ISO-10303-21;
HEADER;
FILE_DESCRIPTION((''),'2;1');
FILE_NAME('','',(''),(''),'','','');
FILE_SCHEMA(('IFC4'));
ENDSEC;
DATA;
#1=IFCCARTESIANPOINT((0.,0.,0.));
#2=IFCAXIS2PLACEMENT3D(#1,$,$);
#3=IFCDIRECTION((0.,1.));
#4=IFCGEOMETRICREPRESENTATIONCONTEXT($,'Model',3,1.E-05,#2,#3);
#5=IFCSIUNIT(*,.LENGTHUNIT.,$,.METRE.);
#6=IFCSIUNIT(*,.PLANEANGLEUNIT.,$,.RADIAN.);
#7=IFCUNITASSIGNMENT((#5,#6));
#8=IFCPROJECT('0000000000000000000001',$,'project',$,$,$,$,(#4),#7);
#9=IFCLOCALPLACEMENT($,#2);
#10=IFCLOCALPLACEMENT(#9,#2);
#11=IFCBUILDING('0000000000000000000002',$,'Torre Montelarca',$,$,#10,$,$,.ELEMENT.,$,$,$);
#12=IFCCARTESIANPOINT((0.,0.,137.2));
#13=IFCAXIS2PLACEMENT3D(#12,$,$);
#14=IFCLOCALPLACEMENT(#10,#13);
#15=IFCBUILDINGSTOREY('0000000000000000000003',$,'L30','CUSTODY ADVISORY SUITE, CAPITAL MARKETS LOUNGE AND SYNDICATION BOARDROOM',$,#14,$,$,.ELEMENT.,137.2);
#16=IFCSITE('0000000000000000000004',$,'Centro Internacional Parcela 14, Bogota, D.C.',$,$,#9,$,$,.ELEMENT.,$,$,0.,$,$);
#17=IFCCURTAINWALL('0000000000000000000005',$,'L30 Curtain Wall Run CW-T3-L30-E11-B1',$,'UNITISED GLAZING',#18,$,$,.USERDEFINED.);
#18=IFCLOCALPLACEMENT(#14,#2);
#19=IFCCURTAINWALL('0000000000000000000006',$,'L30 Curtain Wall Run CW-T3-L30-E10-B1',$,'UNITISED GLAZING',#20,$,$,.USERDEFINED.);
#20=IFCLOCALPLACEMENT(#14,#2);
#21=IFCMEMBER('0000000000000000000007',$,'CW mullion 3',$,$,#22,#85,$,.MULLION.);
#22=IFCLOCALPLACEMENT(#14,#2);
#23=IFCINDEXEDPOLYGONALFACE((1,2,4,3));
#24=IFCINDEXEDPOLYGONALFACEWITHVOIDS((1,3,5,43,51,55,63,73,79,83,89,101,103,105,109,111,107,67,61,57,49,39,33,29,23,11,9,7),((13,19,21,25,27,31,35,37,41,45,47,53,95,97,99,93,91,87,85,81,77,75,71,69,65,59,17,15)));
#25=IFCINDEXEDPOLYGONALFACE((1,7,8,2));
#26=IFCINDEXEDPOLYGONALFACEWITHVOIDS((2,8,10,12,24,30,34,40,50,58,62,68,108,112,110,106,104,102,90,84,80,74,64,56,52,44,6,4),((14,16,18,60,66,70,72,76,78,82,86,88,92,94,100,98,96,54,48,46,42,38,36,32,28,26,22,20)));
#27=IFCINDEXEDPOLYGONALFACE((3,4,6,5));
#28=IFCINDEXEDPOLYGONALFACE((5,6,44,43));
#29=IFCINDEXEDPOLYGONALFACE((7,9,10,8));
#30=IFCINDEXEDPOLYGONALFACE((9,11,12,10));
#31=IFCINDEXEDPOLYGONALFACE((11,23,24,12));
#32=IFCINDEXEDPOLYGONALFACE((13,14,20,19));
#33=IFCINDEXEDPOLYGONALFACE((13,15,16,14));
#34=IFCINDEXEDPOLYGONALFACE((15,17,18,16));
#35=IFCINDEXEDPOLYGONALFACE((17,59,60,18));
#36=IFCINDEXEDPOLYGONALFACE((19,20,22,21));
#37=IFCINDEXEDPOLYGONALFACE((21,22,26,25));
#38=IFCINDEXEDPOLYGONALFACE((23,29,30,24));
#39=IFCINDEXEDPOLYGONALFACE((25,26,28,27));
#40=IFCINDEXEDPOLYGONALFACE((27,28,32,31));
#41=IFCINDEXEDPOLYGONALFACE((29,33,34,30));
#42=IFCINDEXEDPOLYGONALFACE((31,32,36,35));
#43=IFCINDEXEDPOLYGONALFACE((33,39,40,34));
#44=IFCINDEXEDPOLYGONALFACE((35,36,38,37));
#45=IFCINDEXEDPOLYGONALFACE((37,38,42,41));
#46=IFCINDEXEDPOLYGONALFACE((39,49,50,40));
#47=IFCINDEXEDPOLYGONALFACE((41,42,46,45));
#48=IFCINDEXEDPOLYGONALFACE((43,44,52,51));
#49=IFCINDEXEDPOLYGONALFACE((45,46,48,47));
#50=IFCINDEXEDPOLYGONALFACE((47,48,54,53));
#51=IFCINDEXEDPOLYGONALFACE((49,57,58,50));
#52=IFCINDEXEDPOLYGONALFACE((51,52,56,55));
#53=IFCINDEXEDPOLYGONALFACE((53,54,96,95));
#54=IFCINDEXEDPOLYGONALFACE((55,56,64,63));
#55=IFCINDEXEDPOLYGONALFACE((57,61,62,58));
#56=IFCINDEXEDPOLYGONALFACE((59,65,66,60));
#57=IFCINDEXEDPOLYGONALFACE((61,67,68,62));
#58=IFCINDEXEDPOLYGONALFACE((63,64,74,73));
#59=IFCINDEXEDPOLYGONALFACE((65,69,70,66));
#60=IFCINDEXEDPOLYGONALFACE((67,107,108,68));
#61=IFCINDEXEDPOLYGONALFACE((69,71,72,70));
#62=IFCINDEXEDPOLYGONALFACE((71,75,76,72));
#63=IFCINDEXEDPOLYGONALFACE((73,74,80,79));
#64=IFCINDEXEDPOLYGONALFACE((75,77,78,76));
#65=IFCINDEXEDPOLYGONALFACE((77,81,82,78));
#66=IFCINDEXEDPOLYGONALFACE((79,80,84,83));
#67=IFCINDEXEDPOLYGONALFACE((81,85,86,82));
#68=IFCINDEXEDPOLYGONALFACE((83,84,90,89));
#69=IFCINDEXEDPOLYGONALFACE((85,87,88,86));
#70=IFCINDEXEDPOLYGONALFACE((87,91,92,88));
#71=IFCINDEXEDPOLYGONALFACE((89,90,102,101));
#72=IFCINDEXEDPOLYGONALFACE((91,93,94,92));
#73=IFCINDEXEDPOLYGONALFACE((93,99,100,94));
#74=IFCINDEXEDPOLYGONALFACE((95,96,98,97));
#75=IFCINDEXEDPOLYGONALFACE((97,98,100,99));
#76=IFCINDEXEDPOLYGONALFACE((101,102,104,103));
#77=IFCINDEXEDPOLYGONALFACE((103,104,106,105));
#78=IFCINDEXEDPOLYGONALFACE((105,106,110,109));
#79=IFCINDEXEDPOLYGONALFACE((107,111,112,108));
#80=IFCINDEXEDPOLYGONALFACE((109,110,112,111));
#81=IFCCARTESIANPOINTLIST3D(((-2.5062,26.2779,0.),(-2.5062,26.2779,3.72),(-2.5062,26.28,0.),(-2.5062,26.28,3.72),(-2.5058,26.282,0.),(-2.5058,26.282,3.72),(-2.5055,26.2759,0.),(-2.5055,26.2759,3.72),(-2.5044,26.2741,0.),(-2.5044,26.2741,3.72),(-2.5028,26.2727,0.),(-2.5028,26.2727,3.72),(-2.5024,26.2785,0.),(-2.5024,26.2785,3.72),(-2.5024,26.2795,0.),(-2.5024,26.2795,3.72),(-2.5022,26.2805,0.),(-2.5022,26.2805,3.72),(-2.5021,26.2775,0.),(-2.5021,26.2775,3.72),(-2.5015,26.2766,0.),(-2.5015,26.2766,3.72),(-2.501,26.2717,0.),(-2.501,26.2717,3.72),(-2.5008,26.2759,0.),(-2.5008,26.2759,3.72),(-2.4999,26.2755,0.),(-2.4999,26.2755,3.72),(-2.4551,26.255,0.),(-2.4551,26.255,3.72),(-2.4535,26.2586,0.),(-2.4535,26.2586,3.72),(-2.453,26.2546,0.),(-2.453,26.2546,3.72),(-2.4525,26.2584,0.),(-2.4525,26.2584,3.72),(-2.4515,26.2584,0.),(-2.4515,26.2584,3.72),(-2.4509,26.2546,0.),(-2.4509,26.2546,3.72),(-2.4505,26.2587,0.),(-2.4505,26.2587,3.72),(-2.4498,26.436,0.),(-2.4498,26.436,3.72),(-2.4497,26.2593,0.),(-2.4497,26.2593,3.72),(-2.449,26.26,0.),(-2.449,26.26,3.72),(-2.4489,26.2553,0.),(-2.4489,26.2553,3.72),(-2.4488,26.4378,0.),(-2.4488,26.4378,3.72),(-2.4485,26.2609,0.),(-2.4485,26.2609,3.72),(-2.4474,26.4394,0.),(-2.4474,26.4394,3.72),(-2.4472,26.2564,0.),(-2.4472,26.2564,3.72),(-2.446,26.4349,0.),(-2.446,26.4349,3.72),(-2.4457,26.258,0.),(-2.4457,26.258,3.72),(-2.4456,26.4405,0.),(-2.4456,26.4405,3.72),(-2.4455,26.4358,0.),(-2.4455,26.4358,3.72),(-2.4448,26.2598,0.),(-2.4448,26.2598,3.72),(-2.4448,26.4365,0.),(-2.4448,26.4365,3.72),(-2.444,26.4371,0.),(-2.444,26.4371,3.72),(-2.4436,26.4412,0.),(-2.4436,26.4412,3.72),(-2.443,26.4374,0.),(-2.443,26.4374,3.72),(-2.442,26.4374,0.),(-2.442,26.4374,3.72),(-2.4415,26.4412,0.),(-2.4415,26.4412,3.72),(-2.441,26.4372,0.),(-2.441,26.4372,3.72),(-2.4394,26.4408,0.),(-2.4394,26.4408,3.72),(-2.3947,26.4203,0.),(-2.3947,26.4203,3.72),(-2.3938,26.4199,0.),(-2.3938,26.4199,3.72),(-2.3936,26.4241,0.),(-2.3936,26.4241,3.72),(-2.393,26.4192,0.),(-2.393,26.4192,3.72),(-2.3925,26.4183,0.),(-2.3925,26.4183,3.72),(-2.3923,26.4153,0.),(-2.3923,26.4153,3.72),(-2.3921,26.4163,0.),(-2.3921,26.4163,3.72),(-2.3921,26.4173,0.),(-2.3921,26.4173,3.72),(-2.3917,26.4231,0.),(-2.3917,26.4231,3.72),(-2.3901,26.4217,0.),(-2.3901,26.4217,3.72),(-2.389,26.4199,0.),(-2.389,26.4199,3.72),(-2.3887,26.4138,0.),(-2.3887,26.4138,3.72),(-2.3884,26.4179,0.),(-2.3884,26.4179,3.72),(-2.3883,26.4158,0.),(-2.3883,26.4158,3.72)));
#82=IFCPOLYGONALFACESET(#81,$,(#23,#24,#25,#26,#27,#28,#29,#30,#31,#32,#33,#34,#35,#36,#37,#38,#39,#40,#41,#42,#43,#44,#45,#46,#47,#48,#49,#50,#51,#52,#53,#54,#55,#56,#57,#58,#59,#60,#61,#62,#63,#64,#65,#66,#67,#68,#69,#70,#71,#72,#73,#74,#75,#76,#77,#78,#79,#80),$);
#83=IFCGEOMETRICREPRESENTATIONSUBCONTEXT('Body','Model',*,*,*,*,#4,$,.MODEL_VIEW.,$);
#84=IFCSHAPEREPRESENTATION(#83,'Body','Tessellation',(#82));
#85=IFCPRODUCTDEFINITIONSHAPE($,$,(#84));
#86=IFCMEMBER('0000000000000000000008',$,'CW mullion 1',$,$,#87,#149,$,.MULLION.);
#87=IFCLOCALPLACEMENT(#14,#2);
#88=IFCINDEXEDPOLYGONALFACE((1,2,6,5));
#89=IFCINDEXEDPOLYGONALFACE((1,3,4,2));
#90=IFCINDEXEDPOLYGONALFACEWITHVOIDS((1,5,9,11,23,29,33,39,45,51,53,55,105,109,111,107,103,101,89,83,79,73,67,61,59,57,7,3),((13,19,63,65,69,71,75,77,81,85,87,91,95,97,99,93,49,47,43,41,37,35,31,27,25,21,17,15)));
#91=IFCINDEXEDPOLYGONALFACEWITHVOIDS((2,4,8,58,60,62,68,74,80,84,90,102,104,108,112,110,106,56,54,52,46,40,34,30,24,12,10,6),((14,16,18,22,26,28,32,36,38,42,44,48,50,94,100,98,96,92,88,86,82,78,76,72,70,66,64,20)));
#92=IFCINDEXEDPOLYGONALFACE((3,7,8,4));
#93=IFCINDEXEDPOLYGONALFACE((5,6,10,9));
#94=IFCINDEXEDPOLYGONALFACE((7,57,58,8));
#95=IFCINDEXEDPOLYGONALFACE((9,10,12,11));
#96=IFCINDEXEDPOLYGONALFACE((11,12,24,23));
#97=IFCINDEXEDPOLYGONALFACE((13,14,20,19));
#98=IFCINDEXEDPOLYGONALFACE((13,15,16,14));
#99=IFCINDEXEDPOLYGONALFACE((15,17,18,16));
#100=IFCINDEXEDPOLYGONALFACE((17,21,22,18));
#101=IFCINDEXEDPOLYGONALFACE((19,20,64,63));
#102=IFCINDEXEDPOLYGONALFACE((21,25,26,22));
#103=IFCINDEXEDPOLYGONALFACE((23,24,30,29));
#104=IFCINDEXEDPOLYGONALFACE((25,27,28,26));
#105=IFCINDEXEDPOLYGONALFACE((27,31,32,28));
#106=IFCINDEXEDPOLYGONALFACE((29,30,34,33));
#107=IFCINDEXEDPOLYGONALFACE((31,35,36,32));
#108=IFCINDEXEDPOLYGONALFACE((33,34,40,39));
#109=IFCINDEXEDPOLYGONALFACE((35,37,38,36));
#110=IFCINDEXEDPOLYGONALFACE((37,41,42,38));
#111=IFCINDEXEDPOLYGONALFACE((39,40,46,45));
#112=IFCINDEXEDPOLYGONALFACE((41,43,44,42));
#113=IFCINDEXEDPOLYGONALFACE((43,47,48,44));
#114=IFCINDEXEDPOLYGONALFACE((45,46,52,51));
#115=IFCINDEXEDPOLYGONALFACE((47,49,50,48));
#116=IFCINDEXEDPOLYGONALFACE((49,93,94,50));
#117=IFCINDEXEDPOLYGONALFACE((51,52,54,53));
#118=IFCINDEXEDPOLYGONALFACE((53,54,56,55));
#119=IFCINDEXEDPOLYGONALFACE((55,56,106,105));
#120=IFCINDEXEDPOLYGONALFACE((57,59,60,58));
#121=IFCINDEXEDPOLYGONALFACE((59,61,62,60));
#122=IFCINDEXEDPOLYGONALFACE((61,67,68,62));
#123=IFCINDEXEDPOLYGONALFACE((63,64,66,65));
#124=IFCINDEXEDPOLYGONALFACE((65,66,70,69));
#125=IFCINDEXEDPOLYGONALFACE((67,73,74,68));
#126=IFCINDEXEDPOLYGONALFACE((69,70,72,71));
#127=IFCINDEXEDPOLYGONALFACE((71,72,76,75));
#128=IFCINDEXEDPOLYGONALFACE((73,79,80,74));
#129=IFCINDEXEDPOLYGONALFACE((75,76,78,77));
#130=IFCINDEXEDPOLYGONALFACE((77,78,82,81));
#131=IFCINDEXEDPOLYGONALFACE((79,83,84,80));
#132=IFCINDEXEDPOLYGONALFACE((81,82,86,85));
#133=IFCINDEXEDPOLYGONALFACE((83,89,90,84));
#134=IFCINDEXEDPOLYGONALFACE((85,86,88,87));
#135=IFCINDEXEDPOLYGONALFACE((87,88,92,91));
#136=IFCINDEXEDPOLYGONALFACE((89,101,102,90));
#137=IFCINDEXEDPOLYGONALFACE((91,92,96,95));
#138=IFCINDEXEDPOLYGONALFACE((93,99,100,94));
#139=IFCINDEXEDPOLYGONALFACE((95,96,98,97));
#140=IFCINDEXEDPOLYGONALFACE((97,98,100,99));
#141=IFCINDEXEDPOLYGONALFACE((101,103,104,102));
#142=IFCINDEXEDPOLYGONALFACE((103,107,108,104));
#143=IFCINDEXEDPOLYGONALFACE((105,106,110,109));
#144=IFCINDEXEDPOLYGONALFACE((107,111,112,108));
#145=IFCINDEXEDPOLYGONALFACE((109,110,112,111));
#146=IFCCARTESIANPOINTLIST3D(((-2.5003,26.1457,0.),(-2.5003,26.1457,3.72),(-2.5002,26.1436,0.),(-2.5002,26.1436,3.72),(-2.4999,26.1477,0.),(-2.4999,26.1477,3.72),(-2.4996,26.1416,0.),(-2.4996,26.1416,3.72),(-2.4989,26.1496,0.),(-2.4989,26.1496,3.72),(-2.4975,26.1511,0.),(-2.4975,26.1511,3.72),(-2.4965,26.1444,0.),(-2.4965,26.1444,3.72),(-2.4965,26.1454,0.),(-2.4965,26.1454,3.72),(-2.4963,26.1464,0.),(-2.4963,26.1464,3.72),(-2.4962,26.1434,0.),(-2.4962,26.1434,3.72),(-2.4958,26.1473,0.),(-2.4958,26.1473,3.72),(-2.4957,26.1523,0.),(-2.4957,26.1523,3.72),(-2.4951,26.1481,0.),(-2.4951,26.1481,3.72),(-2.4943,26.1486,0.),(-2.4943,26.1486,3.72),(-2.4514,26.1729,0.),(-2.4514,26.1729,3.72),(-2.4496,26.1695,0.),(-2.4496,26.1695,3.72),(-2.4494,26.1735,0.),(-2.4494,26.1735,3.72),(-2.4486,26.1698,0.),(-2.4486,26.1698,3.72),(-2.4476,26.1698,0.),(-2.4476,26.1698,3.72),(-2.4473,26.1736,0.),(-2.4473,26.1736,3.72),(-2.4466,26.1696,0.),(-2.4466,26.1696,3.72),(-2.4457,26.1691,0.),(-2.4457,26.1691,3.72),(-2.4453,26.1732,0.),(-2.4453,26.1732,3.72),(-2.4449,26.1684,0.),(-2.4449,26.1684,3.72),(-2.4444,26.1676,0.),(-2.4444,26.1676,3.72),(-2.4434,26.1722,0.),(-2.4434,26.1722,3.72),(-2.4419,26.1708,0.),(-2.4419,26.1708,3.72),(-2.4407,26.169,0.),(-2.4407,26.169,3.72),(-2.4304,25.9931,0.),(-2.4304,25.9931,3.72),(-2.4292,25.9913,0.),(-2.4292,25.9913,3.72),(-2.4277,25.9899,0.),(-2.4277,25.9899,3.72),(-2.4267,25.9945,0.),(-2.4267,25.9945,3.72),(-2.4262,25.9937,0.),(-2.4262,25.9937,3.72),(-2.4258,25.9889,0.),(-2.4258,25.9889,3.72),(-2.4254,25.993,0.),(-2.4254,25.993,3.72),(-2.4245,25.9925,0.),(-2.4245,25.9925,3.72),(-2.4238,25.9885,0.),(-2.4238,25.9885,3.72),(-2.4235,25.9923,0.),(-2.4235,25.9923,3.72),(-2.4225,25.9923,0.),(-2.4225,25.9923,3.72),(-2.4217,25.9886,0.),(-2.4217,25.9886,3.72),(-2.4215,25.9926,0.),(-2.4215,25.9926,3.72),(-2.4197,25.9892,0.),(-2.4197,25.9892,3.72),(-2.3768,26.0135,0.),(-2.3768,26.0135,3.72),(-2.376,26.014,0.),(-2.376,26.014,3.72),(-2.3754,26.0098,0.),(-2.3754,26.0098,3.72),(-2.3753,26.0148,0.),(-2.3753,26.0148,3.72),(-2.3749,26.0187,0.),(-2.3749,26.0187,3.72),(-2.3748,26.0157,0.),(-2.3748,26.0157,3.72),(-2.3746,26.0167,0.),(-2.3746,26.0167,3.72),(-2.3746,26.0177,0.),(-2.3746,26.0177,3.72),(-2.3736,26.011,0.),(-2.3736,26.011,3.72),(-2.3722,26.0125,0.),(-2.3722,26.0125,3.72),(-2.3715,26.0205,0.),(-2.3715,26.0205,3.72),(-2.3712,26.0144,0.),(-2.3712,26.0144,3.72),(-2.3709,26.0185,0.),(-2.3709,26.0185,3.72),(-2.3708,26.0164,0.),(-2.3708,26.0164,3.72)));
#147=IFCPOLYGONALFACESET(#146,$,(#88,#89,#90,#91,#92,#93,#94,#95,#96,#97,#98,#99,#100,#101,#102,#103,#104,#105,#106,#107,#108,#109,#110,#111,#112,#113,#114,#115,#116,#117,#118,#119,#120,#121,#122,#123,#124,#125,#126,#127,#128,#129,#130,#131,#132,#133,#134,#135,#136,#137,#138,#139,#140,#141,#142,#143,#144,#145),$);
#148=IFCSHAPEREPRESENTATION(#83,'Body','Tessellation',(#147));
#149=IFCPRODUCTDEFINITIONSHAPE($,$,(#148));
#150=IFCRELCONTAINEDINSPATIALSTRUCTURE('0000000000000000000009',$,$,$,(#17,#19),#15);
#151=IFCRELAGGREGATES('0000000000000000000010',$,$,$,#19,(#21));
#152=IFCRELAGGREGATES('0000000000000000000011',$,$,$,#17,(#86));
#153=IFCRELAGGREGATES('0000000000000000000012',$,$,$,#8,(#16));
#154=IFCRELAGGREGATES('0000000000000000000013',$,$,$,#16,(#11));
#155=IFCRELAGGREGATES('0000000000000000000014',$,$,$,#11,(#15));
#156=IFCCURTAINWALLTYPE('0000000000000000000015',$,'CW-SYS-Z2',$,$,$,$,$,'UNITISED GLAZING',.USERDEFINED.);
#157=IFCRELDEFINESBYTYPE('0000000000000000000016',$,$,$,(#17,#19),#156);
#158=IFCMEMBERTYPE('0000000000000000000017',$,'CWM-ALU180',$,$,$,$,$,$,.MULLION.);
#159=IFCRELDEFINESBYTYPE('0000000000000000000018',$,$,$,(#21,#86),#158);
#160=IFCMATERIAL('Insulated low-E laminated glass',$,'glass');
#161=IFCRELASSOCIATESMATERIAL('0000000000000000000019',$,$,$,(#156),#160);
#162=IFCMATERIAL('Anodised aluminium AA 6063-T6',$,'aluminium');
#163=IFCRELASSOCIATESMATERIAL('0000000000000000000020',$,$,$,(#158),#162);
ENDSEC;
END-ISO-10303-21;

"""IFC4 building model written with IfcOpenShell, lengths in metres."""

from ifc_helpers import new_model, si_unit, direction, frame, origin, origin_2d, place, context, subcontext, project, spatial, hollow_rectangle, extrude, source, transform, mapped, material, material_profile, profile_set, type_object, element, aggregate, save


model = new_model("IFC4")

# Units and contexts
model_context = context("Model", 3, precision=1e-05, world=origin(), true_north=direction((0.0, 1.0)))
body_context = subcontext(model_context, "Body", "Model", "MODEL_VIEW")
ifc_project = project(units=[si_unit("LENGTHUNIT", "METRE"), si_unit("PLANEANGLEUNIT", "RADIAN")], contexts=[model_context])

# Site, building, storey
site_placement = place(None, origin())
site = spatial("IfcSite", under=ifc_project, at=site_placement, Name="Centro Internacional Parcela 14, Bogota, D.C.", CompositionType="ELEMENT", RefElevation=0.0)
building_placement = place(site_placement, origin())
building = spatial("IfcBuilding", under=site, at=building_placement, Name="Torre Montelarca", CompositionType="ELEMENT")
storey_placement = place(building_placement, frame((0.0, 0.0, 137.2)))
storey = spatial("IfcBuildingStorey", under=building, at=storey_placement, Name="L30", Description="CUSTODY ADVISORY SUITE, CAPITAL MARKETS LOUNGE AND SYNDICATION BOARDROOM", CompositionType="ELEMENT", Elevation=137.2)

# Curtain wall
ifc_material_1 = material(Name="Insulated low-E laminated glass", Category="glass")
curtain_wall_type = type_object("IfcCurtainWallType", Name="CW-SYS-Z2", ElementType="UNITISED GLAZING", PredefinedType="USERDEFINED", material=ifc_material_1)
curtain_wall_1_placement = place(storey_placement, origin())
curtain_wall_1 = element("IfcCurtainWall", 1, at=curtain_wall_1_placement, inside=storey, type_object=curtain_wall_type, Name="L30 Curtain Wall Run CW-T3-L30-E11-B1", ObjectType="UNITISED GLAZING", PredefinedType="USERDEFINED")
ifc_material_2 = material(Name="Anodised aluminium AA 6063-T6", Category="aluminium")

# Curtain wall, member
curtain_wall_2_placement = place(storey_placement, origin())
curtain_wall_2 = element("IfcCurtainWall", 2, at=curtain_wall_2_placement, inside=storey, type_object=curtain_wall_type, Name="L30 Curtain Wall Run CW-T3-L30-E10-B1", ObjectType="UNITISED GLAZING", PredefinedType="USERDEFINED")
ifc_material_profile_1 = material_profile(ifc_material_2, hollow_rectangle(XDim=0.0649, YDim=0.1799, WallThickness=0.0039, InnerFilletRadius=0.0039, OuterFilletRadius=0.0081, at=origin_2d()), Name="ALU65X180X4", Category="aluminium")
ifc_profile_set_1 = profile_set([ifc_material_profile_1], Name="Anodised aluminium AA 6063-T6")
member_type_1 = type_object("IfcMemberType", Name="CWM-ALU180", PredefinedType="MULLION", material=ifc_profile_set_1)
shared_shape_1 = source(origin(), body_context, "Body", "SweptSolid", [
    extrude(hollow_rectangle(XDim=0.0649, YDim=0.1799, WallThickness=0.0039, InnerFilletRadius=0.0039, OuterFilletRadius=0.0081, at=origin_2d()), origin(), (0.0, 0.0, 1.0), 3.72),
])
member_1_placement = place(storey_placement, frame((-2.4473, 26.3479, 0.0), z_axis=(0.0, 0.0, 1.0), x_axis=(0.939693, -0.342019, 0.0)))
member_1 = element("IfcMember", 3, at=member_1_placement, type_object=member_type_1, Name="CW mullion 3", PredefinedType="MULLION", context=body_context, shape_type="MappedRepresentation", body=[
    mapped(shared_shape_1, transform((0.0, 0.0, 0.0), scale=1.0)),
])
aggregate(curtain_wall_2, [member_1])

# Member
member_2_placement = place(storey_placement, frame((-2.4355, 26.0811, 0.0), z_axis=(0.0, 0.0, 1.0), x_axis=(0.906317, 0.422598, 0.0)))
member_2 = element("IfcMember", 4, at=member_2_placement, type_object=member_type_1, Name="CW mullion 1", PredefinedType="MULLION", context=body_context, shape_type="MappedRepresentation", body=[
    mapped(shared_shape_1, transform((0.0, 0.0, 0.0), scale=1.0)),
])

aggregate(curtain_wall_1, [member_2])

save(model, "model.ifc")
